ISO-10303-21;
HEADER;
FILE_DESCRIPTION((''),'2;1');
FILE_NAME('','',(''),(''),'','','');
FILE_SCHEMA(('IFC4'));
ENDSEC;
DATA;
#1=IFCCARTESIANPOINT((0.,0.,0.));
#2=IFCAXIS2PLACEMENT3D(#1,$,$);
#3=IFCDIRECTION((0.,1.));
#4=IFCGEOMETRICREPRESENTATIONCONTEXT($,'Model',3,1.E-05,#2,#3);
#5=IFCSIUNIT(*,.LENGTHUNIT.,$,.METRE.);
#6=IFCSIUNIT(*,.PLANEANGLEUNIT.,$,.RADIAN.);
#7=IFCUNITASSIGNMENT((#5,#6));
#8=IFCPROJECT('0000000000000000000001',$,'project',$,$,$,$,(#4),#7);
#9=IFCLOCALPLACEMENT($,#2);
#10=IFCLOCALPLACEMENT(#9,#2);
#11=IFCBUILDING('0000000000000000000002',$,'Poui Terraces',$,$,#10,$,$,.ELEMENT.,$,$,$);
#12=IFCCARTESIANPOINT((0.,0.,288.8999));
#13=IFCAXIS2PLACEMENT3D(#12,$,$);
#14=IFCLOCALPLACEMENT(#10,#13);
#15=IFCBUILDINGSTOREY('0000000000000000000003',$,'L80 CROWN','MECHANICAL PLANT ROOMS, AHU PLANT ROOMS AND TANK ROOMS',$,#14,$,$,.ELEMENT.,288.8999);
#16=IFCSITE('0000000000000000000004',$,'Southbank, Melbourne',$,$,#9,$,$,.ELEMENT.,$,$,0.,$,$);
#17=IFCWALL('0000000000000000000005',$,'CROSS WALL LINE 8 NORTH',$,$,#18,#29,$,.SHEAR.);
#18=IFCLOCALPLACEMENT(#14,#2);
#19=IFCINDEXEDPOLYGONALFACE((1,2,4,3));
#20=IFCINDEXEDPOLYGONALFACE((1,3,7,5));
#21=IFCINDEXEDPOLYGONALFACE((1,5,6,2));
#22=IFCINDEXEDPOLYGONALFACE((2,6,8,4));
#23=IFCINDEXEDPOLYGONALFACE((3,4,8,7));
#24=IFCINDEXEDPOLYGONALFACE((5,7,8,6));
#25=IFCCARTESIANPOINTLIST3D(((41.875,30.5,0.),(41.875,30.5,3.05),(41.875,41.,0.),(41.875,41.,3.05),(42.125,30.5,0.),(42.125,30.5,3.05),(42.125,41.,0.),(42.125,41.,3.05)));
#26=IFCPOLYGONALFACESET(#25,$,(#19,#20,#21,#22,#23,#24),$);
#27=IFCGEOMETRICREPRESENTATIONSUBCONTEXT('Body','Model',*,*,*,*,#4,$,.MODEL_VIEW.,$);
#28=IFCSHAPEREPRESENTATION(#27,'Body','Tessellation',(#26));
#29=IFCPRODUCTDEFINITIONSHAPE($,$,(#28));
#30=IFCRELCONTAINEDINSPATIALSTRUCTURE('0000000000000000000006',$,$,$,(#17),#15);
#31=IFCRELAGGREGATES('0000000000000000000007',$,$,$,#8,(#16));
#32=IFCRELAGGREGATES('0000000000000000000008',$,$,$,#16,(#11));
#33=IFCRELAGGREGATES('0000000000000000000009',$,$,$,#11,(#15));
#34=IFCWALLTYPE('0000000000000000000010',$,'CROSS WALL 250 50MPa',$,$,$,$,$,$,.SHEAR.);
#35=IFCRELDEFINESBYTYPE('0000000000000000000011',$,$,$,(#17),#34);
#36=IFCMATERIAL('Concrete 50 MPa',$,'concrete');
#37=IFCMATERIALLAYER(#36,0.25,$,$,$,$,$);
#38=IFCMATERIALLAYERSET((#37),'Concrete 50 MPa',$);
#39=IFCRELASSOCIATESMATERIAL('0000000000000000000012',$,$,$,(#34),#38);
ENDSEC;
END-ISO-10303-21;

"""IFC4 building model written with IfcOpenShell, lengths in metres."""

from ifc_helpers import new_model, si_unit, direction, frame, frame_2d, origin, place, context, subcontext, project, spatial, rectangle, extrude, material, layer, layer_set, type_object, element, save


model = new_model("IFC4")

# Units and contexts
model_context = context("Model", 3, precision=1e-05, world=origin(), true_north=direction((0.0, 1.0)))
body_context = subcontext(model_context, "Body", "Model", "MODEL_VIEW")
ifc_project = project(units=[si_unit("LENGTHUNIT", "METRE"), si_unit("PLANEANGLEUNIT", "RADIAN")], contexts=[model_context])

# Site, building, storey
site_placement = place(None, origin())
site = spatial("IfcSite", under=ifc_project, at=site_placement, Name="Southbank, Melbourne", CompositionType="ELEMENT", RefElevation=0.0)
building_placement = place(site_placement, origin())
building = spatial("IfcBuilding", under=site, at=building_placement, Name="Poui Terraces", CompositionType="ELEMENT")
storey_placement = place(building_placement, frame((0.0, 0.0, 288.8999)))
storey = spatial("IfcBuildingStorey", under=building, at=storey_placement, Name="L80 CROWN", Description="MECHANICAL PLANT ROOMS, AHU PLANT ROOMS AND TANK ROOMS", CompositionType="ELEMENT", Elevation=288.8999)

# Wall
ifc_material_1 = material(Name="Concrete 50 MPa", Category="concrete")
ifc_layer_1 = layer(ifc_material_1, 0.25)
ifc_layer_set_1 = layer_set([ifc_layer_1], Name="Concrete 50 MPa")
wall_type_1 = type_object("IfcWallType", Name="CROSS WALL 250 50MPa", PredefinedType="SHEAR", material=ifc_layer_set_1)
wall_1_placement = place(storey_placement, frame((42.0, 30.5, 0.0), z_axis=(0.0, 0.0, 1.0), x_axis=(0.0, 1.0, 0.0)))
element("IfcWall", 1, at=wall_1_placement, inside=storey, type_object=wall_type_1, Name="CROSS WALL LINE 8 NORTH", PredefinedType="SHEAR", context=body_context, shape_type="SweptSolid", body=[
    extrude(rectangle(XDim=10.5, YDim=0.25, at=frame_2d((5.25, 0.0))), origin(), (0.0, 0.0, 1.0), 3.05),
])

save(model, "model.ifc")
